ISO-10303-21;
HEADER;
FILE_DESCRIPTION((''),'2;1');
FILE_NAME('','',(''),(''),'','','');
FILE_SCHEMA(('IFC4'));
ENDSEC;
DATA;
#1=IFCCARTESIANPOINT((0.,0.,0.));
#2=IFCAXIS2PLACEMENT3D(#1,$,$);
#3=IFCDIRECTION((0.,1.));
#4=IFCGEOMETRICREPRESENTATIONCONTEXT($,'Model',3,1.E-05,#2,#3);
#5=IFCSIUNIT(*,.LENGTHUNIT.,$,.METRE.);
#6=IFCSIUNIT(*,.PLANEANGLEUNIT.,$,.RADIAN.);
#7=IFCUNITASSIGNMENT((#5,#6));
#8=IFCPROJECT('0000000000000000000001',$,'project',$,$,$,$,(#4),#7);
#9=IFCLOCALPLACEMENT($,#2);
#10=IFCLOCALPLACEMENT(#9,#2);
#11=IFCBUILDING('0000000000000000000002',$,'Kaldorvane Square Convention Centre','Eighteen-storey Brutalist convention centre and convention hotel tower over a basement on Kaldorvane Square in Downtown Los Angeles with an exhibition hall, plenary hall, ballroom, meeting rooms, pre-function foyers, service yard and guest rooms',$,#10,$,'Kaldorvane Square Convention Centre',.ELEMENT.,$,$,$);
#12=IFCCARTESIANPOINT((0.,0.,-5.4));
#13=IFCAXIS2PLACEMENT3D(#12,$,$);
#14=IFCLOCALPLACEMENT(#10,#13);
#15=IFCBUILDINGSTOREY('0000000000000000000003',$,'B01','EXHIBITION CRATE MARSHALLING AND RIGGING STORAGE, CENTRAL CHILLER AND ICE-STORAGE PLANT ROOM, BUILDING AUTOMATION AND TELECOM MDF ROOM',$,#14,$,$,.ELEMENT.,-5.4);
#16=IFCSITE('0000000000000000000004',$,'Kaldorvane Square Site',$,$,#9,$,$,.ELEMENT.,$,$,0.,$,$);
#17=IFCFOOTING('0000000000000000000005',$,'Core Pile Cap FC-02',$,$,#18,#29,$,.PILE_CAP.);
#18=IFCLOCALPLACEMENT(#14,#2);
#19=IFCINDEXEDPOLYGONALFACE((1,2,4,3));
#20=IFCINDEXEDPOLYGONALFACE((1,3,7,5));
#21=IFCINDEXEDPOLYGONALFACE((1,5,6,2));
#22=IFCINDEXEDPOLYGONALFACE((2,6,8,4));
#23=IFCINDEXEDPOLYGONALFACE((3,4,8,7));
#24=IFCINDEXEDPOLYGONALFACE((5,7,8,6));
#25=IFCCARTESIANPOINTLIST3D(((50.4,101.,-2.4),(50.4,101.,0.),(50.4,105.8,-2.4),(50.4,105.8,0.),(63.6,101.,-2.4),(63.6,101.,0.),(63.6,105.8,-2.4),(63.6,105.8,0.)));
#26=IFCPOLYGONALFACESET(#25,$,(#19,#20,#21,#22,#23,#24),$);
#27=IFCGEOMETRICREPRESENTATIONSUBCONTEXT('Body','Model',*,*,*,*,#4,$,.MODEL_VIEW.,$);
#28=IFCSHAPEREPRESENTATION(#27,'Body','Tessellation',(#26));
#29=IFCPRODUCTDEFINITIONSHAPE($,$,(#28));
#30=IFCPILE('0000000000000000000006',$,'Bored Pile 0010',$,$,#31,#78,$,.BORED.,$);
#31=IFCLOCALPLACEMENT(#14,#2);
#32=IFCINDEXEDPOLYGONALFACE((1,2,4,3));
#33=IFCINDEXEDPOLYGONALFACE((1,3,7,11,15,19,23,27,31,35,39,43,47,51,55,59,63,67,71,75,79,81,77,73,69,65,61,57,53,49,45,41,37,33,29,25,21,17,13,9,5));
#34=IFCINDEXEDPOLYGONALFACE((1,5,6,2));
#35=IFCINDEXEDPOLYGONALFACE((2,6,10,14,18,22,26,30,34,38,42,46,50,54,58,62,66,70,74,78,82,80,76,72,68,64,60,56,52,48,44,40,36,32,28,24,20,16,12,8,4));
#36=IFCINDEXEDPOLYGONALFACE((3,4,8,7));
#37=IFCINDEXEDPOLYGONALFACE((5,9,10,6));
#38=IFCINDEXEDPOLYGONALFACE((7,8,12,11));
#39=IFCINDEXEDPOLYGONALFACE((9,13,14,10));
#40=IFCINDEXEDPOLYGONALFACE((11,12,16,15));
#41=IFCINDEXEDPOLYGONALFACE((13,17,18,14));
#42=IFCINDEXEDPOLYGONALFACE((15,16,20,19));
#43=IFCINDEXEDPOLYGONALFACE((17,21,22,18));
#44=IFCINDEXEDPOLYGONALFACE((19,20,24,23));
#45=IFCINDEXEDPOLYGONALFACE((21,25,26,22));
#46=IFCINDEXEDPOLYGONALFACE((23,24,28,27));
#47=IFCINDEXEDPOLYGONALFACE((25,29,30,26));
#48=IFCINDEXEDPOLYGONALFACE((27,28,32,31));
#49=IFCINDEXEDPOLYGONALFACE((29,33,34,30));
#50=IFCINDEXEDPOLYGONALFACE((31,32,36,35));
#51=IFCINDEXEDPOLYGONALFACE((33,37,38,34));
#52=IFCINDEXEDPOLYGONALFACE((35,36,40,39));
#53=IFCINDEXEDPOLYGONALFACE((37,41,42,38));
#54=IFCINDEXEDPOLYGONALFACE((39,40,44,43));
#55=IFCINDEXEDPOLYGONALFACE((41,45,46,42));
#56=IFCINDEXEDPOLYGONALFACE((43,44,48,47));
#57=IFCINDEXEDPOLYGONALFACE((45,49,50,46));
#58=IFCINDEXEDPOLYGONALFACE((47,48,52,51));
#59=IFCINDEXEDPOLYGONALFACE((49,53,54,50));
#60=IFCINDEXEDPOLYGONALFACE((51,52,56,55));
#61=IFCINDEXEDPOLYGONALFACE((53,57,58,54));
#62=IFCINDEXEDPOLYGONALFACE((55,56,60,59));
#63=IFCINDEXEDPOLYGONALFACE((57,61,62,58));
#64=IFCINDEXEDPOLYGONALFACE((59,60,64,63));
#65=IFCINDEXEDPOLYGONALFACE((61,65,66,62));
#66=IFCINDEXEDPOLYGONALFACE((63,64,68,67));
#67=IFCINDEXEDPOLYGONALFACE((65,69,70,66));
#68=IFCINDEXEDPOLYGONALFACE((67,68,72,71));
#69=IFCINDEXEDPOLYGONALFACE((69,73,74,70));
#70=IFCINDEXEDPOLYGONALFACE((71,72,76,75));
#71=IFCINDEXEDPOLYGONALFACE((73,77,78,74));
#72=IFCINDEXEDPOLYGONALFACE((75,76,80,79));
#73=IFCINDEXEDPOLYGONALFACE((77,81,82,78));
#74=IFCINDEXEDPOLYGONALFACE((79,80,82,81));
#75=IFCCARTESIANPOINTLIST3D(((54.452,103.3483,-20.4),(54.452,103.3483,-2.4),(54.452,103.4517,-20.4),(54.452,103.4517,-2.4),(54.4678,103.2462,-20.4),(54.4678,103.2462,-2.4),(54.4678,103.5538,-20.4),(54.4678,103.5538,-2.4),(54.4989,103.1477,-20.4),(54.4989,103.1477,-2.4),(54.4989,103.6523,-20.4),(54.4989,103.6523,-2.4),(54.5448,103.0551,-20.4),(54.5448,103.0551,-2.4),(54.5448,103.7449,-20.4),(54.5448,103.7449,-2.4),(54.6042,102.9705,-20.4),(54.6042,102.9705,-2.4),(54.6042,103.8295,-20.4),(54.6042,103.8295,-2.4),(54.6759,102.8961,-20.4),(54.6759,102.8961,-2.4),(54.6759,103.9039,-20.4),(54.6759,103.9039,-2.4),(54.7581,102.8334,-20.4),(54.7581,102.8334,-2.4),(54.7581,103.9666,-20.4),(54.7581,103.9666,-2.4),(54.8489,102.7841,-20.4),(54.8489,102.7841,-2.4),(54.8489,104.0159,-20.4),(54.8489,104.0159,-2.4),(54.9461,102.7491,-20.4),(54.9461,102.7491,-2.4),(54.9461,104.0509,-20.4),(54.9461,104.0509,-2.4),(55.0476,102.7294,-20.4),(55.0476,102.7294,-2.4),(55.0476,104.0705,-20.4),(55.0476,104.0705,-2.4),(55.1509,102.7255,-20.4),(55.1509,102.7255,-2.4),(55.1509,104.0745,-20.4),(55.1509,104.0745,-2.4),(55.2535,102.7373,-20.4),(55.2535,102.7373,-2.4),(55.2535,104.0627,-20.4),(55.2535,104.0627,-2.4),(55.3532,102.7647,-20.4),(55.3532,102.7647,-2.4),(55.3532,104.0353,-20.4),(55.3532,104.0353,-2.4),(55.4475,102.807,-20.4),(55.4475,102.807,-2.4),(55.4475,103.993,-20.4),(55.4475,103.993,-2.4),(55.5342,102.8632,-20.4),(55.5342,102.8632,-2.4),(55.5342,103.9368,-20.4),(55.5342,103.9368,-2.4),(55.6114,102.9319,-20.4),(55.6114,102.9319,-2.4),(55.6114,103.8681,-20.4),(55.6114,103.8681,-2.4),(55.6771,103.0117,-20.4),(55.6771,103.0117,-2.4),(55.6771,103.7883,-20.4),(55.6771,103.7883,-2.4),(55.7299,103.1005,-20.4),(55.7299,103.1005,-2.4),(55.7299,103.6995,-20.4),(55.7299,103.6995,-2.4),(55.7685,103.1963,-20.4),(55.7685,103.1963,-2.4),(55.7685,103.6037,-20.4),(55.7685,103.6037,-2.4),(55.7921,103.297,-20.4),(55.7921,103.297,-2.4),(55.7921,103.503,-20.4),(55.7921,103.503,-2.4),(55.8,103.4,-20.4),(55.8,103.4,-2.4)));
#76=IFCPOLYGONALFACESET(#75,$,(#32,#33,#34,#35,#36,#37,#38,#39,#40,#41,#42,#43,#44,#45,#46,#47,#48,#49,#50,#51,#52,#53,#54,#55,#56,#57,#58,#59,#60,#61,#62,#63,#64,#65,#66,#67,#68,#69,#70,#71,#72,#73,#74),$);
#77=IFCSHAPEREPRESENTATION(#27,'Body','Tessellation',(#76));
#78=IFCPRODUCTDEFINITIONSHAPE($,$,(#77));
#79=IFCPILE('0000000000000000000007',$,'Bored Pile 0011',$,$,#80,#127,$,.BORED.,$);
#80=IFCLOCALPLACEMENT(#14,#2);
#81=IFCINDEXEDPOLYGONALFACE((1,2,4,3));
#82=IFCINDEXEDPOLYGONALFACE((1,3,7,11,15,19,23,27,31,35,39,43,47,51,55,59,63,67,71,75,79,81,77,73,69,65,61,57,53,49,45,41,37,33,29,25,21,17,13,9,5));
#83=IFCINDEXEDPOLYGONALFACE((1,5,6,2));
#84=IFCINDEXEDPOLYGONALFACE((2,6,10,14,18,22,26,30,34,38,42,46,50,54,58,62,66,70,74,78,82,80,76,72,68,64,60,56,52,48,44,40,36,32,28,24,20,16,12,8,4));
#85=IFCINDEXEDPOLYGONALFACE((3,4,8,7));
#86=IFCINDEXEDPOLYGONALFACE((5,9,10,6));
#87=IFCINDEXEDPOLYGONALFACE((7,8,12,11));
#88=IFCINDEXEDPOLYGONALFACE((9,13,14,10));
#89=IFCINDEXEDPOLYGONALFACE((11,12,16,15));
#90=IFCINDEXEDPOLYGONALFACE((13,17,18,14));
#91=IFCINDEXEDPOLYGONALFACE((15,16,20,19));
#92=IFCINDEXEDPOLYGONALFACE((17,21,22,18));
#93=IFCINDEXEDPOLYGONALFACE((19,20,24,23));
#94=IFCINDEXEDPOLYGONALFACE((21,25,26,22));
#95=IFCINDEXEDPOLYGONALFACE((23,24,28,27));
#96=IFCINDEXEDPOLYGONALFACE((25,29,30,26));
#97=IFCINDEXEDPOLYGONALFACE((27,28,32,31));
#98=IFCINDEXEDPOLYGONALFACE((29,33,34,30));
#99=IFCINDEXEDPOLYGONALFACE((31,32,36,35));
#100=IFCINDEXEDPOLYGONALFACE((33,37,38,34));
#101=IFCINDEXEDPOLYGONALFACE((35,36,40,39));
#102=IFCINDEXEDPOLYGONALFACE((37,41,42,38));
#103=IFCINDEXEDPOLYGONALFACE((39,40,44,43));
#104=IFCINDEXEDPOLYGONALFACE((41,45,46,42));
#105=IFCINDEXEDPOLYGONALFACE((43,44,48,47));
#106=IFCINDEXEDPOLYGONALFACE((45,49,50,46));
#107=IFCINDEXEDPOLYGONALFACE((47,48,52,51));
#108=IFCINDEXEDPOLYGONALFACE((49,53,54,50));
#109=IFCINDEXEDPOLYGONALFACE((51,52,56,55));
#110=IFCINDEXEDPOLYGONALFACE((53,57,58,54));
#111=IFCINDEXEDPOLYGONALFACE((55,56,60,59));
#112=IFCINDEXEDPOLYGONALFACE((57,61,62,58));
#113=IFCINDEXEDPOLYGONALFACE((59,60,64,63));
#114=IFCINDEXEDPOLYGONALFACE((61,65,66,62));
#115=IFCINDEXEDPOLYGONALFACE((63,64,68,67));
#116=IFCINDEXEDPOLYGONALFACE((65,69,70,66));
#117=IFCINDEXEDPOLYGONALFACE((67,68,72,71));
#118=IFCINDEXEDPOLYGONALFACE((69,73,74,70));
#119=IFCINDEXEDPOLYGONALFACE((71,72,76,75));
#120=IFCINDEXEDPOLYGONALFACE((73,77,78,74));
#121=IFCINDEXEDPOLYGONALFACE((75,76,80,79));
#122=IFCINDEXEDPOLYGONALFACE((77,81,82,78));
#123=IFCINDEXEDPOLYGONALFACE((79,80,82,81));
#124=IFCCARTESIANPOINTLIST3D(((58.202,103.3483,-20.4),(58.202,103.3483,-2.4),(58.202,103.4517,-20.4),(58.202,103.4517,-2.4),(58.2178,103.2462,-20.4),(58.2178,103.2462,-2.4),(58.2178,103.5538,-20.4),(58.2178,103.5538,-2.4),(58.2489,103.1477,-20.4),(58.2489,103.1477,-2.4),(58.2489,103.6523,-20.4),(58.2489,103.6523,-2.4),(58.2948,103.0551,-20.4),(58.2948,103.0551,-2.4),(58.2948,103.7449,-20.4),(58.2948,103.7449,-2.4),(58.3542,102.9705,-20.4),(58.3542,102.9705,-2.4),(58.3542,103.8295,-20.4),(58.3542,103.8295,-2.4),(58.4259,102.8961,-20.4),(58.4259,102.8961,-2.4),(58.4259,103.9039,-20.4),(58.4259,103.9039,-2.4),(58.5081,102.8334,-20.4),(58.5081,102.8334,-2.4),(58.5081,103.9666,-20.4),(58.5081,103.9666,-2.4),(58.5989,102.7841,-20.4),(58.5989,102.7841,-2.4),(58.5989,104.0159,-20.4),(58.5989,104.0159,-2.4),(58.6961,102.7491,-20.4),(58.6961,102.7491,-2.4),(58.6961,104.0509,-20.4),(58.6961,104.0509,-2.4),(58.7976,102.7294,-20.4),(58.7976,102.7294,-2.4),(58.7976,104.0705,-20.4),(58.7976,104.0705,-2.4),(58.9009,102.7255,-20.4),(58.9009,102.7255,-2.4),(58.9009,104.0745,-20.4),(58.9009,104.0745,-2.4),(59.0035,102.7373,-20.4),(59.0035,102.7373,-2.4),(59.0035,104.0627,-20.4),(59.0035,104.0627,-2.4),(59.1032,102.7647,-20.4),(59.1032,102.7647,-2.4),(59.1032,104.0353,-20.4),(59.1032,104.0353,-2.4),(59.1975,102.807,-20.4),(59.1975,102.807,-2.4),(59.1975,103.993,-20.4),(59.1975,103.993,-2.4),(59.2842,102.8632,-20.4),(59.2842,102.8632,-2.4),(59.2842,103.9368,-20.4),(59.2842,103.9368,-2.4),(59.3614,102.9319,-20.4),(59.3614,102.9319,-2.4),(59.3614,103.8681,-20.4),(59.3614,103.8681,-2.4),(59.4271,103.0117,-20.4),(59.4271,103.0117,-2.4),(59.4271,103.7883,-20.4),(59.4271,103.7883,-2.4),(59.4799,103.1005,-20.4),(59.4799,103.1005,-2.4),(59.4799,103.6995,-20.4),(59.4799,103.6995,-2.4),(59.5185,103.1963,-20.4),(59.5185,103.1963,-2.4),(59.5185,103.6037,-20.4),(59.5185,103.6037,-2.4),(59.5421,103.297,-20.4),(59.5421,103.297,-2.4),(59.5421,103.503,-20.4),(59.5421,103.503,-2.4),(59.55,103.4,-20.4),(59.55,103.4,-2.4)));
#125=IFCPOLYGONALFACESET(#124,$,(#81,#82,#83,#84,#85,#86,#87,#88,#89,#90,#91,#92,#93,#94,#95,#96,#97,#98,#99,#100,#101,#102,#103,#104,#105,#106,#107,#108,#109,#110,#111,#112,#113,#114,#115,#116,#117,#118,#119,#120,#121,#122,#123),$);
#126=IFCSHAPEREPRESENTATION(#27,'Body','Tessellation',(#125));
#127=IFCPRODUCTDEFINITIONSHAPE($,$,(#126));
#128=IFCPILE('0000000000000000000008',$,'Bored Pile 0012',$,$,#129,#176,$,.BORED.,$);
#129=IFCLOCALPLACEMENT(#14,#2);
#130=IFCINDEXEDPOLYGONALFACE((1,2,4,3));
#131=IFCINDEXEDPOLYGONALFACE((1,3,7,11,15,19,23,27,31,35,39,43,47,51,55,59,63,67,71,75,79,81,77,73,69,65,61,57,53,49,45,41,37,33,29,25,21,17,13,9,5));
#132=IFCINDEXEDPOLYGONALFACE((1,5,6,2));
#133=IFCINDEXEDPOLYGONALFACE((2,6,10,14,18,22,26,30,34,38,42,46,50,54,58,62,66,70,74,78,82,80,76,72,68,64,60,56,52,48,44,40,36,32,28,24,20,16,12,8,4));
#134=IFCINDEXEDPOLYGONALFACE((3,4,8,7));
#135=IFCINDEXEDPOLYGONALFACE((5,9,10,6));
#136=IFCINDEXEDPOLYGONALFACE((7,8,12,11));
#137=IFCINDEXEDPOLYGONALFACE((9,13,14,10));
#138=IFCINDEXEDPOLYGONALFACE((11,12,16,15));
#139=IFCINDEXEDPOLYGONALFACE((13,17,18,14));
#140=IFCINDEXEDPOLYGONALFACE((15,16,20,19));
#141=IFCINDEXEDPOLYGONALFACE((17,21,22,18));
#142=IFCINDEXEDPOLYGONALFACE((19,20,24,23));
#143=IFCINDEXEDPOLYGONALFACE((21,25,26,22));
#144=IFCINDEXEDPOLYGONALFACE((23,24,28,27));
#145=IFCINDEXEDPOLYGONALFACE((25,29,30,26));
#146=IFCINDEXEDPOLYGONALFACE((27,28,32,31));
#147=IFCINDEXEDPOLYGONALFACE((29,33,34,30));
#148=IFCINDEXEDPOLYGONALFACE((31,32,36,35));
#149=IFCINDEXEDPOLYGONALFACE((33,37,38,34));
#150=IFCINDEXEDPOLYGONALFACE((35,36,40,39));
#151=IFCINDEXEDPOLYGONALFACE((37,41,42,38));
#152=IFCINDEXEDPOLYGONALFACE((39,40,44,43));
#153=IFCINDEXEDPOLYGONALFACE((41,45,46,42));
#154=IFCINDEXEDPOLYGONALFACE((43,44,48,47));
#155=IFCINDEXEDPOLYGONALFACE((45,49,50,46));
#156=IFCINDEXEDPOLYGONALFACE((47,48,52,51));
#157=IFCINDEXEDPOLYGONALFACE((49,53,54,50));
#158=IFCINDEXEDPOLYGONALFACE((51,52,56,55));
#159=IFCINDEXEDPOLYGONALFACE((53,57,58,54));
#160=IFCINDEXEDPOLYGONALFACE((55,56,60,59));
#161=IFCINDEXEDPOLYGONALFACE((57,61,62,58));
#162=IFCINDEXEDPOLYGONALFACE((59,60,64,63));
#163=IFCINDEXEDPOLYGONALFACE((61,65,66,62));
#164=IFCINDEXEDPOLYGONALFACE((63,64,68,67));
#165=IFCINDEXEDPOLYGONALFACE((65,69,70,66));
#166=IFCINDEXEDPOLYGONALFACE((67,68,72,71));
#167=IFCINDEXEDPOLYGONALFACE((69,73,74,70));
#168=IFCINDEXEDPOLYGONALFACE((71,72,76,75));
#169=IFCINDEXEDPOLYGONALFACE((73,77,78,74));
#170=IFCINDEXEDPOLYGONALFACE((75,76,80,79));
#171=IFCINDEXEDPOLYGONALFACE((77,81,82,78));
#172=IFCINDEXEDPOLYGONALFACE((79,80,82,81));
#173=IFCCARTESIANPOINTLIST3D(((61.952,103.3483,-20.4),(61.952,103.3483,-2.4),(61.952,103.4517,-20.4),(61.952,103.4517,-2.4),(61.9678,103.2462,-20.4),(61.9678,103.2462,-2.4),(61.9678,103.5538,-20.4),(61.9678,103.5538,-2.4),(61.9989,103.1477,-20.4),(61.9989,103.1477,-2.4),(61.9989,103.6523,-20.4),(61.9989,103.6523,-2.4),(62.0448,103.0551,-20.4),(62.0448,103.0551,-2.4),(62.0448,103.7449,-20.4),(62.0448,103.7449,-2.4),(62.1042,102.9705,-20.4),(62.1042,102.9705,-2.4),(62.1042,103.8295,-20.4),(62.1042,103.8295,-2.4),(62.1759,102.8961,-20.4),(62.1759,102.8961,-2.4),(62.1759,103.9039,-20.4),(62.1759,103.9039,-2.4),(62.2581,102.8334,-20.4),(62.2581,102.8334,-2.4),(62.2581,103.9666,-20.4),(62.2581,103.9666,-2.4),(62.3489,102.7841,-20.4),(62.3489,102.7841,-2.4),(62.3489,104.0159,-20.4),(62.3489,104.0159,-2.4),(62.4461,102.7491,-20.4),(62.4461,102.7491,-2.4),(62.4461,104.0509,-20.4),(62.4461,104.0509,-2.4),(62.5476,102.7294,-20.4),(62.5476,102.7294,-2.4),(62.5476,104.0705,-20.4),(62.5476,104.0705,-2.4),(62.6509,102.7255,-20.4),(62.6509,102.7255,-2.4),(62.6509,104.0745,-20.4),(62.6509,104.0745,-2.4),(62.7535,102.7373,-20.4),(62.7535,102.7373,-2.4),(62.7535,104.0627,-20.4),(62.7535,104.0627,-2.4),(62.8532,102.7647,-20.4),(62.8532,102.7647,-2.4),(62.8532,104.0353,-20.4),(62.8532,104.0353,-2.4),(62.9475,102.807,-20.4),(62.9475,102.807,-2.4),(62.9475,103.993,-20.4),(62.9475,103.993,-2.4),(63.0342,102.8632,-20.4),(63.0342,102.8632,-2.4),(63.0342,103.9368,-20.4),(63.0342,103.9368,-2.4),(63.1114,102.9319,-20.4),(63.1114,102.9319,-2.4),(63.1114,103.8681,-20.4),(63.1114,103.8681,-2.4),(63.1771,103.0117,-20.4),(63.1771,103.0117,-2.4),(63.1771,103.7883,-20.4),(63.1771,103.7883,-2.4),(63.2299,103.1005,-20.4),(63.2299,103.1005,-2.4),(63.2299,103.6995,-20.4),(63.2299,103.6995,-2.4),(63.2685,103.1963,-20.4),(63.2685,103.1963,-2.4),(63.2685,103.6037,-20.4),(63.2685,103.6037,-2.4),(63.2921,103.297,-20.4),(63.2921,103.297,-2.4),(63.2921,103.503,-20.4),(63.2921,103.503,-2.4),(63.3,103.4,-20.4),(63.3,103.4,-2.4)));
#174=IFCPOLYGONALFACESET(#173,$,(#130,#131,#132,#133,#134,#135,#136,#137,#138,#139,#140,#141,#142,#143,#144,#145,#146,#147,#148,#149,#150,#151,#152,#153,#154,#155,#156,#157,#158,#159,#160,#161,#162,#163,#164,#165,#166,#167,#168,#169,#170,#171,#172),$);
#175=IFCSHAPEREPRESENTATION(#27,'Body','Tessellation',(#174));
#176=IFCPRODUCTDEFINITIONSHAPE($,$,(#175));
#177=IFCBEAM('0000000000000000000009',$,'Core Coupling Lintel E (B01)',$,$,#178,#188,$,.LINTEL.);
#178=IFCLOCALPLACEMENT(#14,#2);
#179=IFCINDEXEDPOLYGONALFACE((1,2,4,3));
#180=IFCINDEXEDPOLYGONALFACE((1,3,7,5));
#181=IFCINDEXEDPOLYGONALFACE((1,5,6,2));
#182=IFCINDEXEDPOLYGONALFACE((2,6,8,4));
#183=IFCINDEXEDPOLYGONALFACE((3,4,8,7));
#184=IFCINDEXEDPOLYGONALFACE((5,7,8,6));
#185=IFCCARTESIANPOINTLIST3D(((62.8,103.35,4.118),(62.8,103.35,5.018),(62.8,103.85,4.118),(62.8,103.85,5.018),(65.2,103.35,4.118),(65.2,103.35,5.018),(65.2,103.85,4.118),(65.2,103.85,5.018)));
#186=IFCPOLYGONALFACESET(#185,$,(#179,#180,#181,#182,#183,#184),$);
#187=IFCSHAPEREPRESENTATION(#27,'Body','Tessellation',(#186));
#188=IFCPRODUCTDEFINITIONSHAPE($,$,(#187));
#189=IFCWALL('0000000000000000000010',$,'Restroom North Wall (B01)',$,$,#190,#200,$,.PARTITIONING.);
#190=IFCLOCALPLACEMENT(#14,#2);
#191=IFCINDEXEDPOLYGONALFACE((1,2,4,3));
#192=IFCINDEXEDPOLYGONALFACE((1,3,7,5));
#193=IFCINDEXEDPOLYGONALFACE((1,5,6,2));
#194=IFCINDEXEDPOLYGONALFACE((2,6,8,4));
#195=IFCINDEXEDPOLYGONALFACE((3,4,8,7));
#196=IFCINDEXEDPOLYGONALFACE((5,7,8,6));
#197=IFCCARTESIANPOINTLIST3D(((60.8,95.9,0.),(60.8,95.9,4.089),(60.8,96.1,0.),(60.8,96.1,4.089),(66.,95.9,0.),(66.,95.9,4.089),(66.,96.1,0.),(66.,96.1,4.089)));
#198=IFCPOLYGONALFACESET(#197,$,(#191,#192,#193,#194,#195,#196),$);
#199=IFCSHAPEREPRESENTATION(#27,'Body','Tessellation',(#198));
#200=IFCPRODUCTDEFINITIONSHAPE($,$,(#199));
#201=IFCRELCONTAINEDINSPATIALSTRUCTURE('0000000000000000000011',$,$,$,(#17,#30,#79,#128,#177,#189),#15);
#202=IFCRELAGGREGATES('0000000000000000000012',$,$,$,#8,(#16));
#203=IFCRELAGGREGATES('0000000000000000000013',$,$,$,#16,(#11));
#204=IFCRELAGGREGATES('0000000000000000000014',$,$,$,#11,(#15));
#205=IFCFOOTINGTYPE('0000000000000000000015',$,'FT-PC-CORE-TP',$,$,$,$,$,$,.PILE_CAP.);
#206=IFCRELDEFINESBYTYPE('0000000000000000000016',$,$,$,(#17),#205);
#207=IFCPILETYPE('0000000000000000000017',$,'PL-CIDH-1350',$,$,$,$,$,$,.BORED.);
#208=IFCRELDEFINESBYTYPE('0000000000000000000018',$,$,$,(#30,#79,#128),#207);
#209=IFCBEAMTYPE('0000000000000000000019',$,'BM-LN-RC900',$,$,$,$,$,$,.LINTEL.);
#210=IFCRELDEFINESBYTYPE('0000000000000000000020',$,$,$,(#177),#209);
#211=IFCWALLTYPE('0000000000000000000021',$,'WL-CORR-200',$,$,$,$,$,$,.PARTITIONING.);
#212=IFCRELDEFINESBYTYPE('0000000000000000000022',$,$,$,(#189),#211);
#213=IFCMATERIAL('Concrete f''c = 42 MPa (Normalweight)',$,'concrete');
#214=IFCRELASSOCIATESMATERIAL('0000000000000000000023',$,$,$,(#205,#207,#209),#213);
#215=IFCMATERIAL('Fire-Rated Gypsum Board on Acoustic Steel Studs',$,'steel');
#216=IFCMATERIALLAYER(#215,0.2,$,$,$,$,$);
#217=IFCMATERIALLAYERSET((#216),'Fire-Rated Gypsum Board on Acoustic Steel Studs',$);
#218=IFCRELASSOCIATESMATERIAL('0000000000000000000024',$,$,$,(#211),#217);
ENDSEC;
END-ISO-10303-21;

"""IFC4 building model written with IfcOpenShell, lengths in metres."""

from ifc_helpers import new_model, si_unit, direction, frame, frame_2d, origin, origin_2d, place, context, subcontext, project, spatial, rectangle, circle, extrude, material, layer, layer_set, material_profile, profile_set, type_object, element, save


model = new_model("IFC4")

# Units and contexts
model_context = context("Model", 3, precision=1e-05, world=origin(), true_north=direction((0.0, 1.0)))
body_context = subcontext(model_context, "Body", "Model", "MODEL_VIEW")
ifc_project = project(units=[si_unit("LENGTHUNIT", "METRE"), si_unit("PLANEANGLEUNIT", "RADIAN")], contexts=[model_context])

# Site, building, storey
site_placement = place(None, origin())
site = spatial("IfcSite", under=ifc_project, at=site_placement, Name="Kaldorvane Square Site", CompositionType="ELEMENT", RefElevation=0.0)
building_placement = place(site_placement, origin())
building = spatial("IfcBuilding", under=site, at=building_placement, Name="Kaldorvane Square Convention Centre", Description="Eighteen-storey Brutalist convention centre and convention hotel tower over a basement on Kaldorvane Square in Downtown Los Angeles with an exhibition hall, plenary hall, ballroom, meeting rooms, pre-function foyers, service yard and guest rooms", LongName="Kaldorvane Square Convention Centre", CompositionType="ELEMENT")
storey_placement = place(building_placement, frame((0.0, 0.0, -5.4)))
storey = spatial("IfcBuildingStorey", under=building, at=storey_placement, Name="B01", Description="EXHIBITION CRATE MARSHALLING AND RIGGING STORAGE, CENTRAL CHILLER AND ICE-STORAGE PLANT ROOM, BUILDING AUTOMATION AND TELECOM MDF ROOM", CompositionType="ELEMENT", Elevation=-5.4)

# Footing
ifc_material_1 = material(Name="Concrete f'c = 42 MPa (Normalweight)", Category="concrete")
footing_type = type_object("IfcFootingType", Name="FT-PC-CORE-TP", PredefinedType="PILE_CAP", material=ifc_material_1)
footing_placement = place(storey_placement, frame((57.0, 103.4, -2.4), z_axis=(0.0, 0.0, 1.0), x_axis=(1.0, 0.0, 0.0)))
element("IfcFooting", 1, at=footing_placement, inside=storey, type_object=footing_type, Name="Core Pile Cap FC-02", PredefinedType="PILE_CAP", context=body_context, shape_type="SweptSolid", body=[
    extrude(rectangle(XDim=13.2, YDim=4.8, at=origin_2d()), origin(), (0.0, 0.0, 1.0), 2.4),
])

# Piles
ifc_material_profile_1 = material_profile(ifc_material_1, circle(Radius=0.675, at=origin_2d()), Name="PILE-D1350")
ifc_profile_set_1 = profile_set([ifc_material_profile_1], Name="Concrete f'c = 42 MPa (Normalweight)")
pile_type = type_object("IfcPileType", Name="PL-CIDH-1350", PredefinedType="BORED", material=ifc_profile_set_1)
for number, where, z_axis, x_axis, name in (
    (2, (55.125, 103.4, -2.4), (0.0, 0.0, -1.0), (1.0, 0.0, 0.0), "Bored Pile 0010"),
    (3, (58.875, 103.4, -2.4), (0.0, 0.0, -1.0), (1.0, 0.0, 0.0), "Bored Pile 0011"),
    (4, (62.625, 103.4, -2.4), (0.0, 0.0, -1.0), (1.0, 0.0, 0.0), "Bored Pile 0012"),
):
    element("IfcPile", number, at=place(storey_placement, frame(where, z_axis=z_axis, x_axis=x_axis)), inside=storey, type_object=pile_type, Name=name, PredefinedType="BORED", context=body_context, shape_type="SweptSolid", body=[
        extrude(circle(Radius=0.675, at=origin_2d()), origin(), (0.0, 0.0, 1.0), 18.0),
    ])

# Beam
ifc_material_profile_2 = material_profile(ifc_material_1, rectangle(XDim=0.5, YDim=0.9, at=origin_2d()), Name="RCLN900X500")
ifc_profile_set_2 = profile_set([ifc_material_profile_2], Name="Concrete f'c = 42 MPa (Normalweight)")
beam_type = type_object("IfcBeamType", Name="BM-LN-RC900", PredefinedType="LINTEL", material=ifc_profile_set_2)
beam_placement = place(storey_placement, frame((62.8, 103.6, 4.568), z_axis=(1.0, 0.0, 0.0), x_axis=(0.0, 1.0, 0.0)))
element("IfcBeam", 5, at=beam_placement, inside=storey, type_object=beam_type, Name="Core Coupling Lintel E (B01)", PredefinedType="LINTEL", context=body_context, shape_type="SweptSolid", body=[
    extrude(rectangle(XDim=0.5, YDim=0.9, at=origin_2d()), origin(), (0.0, 0.0, 1.0), 2.4),
])

# Wall
ifc_material_2 = material(Name="Fire-Rated Gypsum Board on Acoustic Steel Studs", Category="steel")
ifc_layer_1 = layer(ifc_material_2, 0.2)
ifc_layer_set_1 = layer_set([ifc_layer_1], Name="Fire-Rated Gypsum Board on Acoustic Steel Studs")
wall_type_1 = type_object("IfcWallType", Name="WL-CORR-200", PredefinedType="PARTITIONING", material=ifc_layer_set_1)
wall_1_placement = place(storey_placement, frame((60.8, 96.0, 0.0), z_axis=(0.0, 0.0, 1.0), x_axis=(1.0, 0.0, 0.0)))
element("IfcWall", 6, at=wall_1_placement, inside=storey, type_object=wall_type_1, Name="Restroom North Wall (B01)", PredefinedType="PARTITIONING", context=body_context, shape_type="SweptSolid", body=[
    extrude(rectangle(XDim=5.2, YDim=0.2, at=frame_2d((2.6, 0.0))), origin(), (0.0, 0.0, 1.0), 4.089),
])

save(model, "model.ifc")
